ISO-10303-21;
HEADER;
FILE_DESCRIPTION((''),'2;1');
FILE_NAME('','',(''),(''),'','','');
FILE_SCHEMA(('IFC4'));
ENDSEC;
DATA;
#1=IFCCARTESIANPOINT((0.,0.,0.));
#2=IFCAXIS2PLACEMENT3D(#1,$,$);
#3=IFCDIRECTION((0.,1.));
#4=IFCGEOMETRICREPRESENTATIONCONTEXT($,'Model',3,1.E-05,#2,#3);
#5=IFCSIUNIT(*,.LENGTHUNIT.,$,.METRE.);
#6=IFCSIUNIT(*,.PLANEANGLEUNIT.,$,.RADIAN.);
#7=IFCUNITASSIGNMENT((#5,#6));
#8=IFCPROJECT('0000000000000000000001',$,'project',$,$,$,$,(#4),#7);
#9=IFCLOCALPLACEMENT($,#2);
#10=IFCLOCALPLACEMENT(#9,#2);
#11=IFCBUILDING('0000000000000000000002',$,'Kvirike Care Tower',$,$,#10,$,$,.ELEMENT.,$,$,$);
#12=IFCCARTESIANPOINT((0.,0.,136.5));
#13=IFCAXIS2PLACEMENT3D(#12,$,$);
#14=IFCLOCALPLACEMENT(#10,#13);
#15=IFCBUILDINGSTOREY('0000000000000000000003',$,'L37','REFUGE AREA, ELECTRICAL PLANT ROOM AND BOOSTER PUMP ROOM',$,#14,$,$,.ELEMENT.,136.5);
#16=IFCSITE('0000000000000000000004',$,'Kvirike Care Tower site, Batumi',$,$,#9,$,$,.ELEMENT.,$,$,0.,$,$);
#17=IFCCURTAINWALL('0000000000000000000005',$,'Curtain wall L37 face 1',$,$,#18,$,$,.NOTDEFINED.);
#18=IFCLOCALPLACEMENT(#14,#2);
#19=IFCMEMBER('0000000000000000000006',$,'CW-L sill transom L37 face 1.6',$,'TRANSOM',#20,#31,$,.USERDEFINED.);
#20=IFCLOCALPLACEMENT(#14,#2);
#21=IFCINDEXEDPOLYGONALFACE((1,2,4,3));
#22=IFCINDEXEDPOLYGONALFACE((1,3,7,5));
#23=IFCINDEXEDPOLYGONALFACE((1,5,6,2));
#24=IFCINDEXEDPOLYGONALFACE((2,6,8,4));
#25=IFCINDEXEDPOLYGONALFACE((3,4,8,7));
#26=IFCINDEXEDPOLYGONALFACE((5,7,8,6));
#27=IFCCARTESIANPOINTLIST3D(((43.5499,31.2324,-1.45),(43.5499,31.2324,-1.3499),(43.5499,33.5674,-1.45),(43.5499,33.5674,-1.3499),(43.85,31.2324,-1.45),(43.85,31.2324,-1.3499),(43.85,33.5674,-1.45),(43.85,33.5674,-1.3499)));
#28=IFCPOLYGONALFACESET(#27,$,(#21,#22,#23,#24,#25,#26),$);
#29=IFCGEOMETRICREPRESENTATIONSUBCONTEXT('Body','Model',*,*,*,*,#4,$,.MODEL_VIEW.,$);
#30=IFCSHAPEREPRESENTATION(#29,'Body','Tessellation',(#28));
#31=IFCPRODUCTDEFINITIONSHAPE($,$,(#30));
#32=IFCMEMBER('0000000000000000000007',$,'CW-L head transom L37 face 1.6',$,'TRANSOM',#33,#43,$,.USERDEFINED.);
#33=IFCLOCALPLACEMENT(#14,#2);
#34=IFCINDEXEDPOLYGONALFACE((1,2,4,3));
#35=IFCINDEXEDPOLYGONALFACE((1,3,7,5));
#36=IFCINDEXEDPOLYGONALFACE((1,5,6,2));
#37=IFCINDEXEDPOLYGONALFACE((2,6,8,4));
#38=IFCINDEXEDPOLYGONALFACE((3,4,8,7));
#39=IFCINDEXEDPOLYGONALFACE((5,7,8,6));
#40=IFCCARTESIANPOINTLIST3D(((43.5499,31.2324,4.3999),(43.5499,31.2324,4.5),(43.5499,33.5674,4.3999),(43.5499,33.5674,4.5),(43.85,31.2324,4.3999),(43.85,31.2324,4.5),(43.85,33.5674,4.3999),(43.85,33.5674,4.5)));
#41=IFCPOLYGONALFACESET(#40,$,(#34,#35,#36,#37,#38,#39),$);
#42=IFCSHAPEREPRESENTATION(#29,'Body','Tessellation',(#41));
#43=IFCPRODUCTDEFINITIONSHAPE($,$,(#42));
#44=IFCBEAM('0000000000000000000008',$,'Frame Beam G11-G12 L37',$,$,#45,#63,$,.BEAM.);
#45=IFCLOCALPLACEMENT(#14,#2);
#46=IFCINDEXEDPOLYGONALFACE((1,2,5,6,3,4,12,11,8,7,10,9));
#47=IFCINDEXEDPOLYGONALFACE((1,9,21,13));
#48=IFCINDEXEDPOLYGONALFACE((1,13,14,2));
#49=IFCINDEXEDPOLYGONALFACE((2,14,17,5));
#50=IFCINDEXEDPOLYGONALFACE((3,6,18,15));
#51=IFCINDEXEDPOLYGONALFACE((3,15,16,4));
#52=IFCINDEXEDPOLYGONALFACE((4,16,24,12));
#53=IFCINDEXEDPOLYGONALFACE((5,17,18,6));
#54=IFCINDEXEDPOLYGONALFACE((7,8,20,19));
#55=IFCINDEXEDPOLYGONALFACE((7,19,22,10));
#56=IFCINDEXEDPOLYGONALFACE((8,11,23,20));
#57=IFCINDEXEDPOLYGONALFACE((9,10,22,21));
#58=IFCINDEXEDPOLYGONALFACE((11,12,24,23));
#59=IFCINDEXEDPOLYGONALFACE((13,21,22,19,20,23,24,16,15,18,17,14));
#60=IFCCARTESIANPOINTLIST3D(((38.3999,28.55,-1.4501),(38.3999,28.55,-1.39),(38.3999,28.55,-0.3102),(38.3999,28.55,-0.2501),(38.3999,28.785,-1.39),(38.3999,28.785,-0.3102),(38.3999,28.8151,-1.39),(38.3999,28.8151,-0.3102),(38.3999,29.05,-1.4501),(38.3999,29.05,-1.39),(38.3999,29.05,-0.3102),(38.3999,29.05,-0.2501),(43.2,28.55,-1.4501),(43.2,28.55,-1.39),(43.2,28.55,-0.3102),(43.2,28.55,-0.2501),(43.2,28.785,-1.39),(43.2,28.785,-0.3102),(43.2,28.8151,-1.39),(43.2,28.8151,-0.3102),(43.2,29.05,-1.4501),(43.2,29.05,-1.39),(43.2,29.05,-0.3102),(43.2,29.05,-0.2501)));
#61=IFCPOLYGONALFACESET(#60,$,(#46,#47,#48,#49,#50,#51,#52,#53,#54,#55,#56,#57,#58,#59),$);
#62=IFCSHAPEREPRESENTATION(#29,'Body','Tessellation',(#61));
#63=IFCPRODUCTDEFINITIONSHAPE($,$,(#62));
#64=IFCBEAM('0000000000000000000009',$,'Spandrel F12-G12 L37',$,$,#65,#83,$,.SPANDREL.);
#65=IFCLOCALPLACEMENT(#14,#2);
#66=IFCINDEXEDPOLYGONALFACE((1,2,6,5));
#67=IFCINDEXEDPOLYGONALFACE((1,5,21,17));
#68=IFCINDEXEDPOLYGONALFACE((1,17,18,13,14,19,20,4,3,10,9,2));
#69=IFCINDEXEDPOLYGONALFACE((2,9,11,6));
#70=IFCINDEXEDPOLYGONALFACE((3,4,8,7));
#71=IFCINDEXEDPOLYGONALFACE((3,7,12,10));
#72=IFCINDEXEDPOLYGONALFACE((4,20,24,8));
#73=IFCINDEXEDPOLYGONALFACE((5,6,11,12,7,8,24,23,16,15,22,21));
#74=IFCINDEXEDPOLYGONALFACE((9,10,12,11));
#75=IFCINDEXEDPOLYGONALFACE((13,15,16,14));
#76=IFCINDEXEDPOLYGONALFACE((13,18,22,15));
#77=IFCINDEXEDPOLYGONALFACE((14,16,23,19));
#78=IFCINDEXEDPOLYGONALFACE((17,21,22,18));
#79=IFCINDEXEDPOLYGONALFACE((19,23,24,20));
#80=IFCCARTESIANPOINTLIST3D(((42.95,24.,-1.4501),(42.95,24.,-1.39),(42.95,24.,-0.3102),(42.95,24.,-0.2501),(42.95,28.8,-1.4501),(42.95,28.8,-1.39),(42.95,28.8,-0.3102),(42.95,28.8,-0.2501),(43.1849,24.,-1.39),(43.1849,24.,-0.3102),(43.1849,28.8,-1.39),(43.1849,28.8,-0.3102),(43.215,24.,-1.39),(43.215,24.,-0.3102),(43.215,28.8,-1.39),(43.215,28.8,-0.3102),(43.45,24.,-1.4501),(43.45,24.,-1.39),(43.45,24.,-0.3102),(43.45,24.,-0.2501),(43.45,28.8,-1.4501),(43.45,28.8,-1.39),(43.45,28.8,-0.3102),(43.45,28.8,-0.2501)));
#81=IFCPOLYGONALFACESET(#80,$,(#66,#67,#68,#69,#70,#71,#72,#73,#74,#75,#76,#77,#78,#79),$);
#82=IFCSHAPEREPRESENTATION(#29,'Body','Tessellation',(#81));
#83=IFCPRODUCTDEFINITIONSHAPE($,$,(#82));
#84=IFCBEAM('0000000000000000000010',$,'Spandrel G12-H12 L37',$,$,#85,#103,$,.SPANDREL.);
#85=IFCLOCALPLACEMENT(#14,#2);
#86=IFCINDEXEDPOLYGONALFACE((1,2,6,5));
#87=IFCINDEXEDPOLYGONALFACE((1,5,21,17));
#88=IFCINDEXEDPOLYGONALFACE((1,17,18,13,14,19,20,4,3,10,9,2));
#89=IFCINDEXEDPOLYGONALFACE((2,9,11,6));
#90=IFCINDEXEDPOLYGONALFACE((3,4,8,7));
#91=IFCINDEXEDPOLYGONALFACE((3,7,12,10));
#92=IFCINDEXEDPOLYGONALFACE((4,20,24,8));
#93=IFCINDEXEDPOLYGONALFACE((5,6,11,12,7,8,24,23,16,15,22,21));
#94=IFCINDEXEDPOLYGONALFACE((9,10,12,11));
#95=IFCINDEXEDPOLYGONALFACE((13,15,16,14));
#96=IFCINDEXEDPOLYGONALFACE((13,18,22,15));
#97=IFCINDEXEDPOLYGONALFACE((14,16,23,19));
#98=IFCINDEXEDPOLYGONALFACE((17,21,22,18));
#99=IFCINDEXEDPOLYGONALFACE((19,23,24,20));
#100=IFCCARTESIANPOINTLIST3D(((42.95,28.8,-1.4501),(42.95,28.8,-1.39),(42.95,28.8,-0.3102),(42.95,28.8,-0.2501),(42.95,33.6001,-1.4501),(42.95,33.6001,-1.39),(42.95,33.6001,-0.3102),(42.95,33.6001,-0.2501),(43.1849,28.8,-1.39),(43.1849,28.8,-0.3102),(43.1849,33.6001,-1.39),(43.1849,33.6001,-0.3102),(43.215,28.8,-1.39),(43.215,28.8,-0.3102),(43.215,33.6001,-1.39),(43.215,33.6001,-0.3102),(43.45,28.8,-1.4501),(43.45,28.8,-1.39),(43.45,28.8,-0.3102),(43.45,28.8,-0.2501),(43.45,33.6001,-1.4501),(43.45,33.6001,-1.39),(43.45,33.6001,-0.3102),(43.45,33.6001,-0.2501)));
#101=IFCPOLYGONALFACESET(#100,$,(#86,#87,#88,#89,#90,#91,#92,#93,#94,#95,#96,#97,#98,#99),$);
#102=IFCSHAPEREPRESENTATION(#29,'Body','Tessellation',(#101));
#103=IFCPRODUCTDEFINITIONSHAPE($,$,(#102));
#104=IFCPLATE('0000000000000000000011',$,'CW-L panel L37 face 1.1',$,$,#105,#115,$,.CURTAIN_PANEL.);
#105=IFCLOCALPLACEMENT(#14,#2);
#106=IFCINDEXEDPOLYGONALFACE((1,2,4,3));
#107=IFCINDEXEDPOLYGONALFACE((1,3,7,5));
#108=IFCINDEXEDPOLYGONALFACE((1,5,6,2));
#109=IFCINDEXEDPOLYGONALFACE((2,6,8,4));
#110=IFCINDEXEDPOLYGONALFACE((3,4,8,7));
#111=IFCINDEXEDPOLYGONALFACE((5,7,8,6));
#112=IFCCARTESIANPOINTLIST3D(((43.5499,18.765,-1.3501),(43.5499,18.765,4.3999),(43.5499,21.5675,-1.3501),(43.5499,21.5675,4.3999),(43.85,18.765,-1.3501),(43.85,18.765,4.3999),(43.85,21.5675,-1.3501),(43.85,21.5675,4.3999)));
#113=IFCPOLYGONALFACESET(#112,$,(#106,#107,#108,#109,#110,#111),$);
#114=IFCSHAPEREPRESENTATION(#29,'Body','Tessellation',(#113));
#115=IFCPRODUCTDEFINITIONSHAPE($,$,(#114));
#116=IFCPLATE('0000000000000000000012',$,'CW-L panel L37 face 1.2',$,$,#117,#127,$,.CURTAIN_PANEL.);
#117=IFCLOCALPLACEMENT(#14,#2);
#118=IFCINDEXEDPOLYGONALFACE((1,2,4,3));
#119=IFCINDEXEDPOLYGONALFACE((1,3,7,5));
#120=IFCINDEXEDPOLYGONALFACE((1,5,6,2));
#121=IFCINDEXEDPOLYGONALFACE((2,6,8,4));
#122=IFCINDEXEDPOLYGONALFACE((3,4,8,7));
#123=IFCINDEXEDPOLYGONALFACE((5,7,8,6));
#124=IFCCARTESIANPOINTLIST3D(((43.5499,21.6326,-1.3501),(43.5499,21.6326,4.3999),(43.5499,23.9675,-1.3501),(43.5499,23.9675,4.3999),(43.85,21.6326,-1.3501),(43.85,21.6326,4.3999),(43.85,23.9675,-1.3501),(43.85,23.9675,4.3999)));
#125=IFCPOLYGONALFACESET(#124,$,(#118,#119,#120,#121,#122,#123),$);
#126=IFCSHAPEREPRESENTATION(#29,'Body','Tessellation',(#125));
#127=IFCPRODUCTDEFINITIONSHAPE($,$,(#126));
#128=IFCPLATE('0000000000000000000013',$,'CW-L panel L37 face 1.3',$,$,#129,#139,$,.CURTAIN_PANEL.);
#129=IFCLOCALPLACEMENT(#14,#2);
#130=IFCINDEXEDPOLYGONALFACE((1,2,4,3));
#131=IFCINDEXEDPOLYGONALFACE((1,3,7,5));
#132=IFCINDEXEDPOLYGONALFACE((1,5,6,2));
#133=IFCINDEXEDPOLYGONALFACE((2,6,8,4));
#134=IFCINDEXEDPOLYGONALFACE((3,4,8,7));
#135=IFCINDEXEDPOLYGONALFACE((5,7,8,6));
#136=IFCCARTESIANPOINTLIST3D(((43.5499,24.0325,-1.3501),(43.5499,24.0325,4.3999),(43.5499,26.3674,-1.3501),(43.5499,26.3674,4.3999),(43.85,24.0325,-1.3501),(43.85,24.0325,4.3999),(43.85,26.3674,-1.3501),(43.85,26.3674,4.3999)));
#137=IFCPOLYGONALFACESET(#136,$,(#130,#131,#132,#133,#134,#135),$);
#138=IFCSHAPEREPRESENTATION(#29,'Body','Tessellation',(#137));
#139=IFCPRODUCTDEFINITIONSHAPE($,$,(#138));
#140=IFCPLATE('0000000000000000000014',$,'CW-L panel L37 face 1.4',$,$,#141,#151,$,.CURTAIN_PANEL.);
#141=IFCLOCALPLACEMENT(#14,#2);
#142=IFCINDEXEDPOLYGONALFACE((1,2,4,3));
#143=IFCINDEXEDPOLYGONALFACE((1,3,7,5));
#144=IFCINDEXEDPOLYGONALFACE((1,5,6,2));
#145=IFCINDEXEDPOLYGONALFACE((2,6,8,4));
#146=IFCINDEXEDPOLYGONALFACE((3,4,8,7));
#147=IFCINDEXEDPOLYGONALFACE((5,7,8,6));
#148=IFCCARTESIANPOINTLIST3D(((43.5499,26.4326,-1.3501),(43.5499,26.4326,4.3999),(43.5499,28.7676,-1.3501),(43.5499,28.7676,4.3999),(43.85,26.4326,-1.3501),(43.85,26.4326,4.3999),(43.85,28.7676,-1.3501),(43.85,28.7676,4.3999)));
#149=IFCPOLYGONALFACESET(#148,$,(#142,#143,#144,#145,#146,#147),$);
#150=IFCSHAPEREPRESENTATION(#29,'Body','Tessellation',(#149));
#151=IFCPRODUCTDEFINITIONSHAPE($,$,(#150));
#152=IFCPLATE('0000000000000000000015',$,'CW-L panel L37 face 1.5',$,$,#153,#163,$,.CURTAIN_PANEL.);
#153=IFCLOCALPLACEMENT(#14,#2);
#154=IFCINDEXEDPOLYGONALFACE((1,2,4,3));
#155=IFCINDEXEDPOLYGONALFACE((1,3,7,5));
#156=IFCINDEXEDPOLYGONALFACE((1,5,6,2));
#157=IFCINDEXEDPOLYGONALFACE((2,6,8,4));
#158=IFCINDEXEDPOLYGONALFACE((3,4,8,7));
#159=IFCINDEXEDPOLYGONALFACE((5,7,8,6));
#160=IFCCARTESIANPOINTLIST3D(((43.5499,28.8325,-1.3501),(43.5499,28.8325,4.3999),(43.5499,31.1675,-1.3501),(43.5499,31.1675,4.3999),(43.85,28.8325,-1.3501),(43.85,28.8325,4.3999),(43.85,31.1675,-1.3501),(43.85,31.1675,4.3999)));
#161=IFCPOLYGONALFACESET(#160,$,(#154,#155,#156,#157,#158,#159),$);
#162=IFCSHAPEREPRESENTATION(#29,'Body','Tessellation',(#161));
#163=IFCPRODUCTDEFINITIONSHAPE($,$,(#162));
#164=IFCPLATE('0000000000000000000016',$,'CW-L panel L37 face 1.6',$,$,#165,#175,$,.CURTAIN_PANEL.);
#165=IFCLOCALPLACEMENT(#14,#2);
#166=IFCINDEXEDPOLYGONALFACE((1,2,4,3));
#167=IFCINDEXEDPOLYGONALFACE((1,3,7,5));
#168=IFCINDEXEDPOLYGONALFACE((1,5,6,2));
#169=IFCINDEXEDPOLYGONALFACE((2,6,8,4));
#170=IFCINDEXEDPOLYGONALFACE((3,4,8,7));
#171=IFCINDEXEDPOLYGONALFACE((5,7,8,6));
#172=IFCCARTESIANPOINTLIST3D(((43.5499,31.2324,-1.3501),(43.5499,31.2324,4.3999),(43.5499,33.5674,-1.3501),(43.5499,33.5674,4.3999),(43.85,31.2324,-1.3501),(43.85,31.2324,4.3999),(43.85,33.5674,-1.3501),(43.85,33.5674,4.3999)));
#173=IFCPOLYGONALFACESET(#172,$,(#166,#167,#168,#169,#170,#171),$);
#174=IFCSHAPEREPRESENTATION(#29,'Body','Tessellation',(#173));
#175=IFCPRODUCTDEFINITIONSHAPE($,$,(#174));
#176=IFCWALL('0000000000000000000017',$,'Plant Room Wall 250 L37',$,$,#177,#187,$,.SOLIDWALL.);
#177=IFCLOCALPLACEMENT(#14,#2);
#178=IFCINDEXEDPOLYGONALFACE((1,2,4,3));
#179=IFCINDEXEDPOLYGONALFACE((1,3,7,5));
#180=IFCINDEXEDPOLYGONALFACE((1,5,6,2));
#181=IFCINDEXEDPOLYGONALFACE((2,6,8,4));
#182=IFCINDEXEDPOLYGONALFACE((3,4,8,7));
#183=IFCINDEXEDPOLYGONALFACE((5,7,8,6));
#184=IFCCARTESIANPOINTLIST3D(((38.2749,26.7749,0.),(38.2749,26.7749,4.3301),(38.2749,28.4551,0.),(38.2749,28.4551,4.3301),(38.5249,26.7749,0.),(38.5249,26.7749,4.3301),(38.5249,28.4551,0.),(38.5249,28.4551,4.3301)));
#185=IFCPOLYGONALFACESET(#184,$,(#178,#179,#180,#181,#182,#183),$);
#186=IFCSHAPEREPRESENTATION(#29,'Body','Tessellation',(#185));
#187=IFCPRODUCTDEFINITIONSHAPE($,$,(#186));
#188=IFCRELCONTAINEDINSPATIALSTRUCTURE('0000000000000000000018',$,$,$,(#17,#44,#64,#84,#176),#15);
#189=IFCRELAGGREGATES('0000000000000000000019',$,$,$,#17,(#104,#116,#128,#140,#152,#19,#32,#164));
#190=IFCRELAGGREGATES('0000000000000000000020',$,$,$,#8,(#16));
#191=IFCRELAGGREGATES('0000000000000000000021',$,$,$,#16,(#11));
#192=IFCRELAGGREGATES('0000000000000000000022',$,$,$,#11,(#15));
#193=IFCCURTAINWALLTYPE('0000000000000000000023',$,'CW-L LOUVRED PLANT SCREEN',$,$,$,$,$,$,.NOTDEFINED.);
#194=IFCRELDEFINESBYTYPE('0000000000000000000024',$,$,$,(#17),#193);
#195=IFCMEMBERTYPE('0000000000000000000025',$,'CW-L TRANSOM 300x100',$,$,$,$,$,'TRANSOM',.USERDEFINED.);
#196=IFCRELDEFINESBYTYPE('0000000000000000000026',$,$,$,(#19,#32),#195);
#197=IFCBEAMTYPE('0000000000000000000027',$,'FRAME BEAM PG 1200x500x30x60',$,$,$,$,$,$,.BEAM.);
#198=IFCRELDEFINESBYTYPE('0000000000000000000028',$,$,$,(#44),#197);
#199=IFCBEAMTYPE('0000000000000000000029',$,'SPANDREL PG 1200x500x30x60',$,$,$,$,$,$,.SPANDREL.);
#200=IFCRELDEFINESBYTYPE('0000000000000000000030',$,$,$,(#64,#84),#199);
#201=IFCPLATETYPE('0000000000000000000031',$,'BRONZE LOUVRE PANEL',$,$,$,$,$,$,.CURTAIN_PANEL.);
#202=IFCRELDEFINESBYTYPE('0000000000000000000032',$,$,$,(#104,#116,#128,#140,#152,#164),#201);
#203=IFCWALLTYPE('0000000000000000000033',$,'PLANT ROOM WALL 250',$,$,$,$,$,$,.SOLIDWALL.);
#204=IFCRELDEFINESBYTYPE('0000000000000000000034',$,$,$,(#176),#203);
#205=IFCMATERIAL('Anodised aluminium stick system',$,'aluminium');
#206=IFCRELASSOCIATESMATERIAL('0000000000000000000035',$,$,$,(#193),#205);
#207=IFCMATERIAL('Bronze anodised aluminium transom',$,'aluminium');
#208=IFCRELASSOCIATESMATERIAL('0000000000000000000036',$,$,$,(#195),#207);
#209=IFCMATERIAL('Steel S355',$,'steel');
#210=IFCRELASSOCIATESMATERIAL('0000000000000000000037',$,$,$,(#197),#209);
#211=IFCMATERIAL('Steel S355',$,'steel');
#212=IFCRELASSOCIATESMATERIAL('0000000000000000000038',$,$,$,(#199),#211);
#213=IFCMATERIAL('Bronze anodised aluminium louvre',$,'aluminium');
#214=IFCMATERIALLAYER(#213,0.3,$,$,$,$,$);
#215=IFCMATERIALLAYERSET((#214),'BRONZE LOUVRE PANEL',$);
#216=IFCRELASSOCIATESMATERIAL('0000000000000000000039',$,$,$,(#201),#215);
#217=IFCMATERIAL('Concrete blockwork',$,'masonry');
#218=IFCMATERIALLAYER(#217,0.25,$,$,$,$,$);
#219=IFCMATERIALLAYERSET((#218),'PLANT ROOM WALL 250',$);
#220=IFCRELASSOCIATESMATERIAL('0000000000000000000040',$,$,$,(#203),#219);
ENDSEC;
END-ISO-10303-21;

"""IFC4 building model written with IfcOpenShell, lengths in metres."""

from ifc_helpers import new_model, si_unit, direction, frame, frame_2d, origin, origin_2d, place, context, subcontext, project, spatial, rectangle, i_section, extrude, material, layer, layer_set, material_profile, profile_set, type_object, element, aggregate, save


model = new_model("IFC4")

# Units and contexts
model_context = context("Model", 3, precision=1e-05, world=origin(), true_north=direction((0.0, 1.0)))
body_context = subcontext(model_context, "Body", "Model", "MODEL_VIEW")
ifc_project = project(units=[si_unit("LENGTHUNIT", "METRE"), si_unit("PLANEANGLEUNIT", "RADIAN")], contexts=[model_context])

# Site, building, storey
site_placement = place(None, origin())
site = spatial("IfcSite", under=ifc_project, at=site_placement, Name="Kvirike Care Tower site, Batumi", CompositionType="ELEMENT", RefElevation=0.0)
building_placement = place(site_placement, origin())
building = spatial("IfcBuilding", under=site, at=building_placement, Name="Kvirike Care Tower", CompositionType="ELEMENT")
storey_placement = place(building_placement, frame((0.0, 0.0, 136.5)))
storey = spatial("IfcBuildingStorey", under=building, at=storey_placement, Name="L37", Description="REFUGE AREA, ELECTRICAL PLANT ROOM AND BOOSTER PUMP ROOM", CompositionType="ELEMENT", Elevation=136.5)

# Curtain wall, members
ifc_material_1 = material(Name="Anodised aluminium stick system", Category="aluminium")
curtain_wall_type = type_object("IfcCurtainWallType", Name="CW-L LOUVRED PLANT SCREEN", PredefinedType="NOTDEFINED", material=ifc_material_1)
curtain_wall_placement = place(storey_placement, origin())
curtain_wall = element("IfcCurtainWall", 1, at=curtain_wall_placement, inside=storey, type_object=curtain_wall_type, Name="Curtain wall L37 face 1", PredefinedType="NOTDEFINED")
ifc_material_2 = material(Name="Bronze anodised aluminium transom", Category="aluminium")
ifc_material_profile_1 = material_profile(ifc_material_2, rectangle(XDim=0.3, YDim=0.1001, at=origin_2d()), Name="CW-L TRANSOM 300x100")
ifc_profile_set_1 = profile_set([ifc_material_profile_1], Name="Bronze anodised aluminium transom")
member_type_1 = type_object("IfcMemberType", Name="CW-L TRANSOM 300x100", ElementType="TRANSOM", PredefinedType="USERDEFINED", material=ifc_profile_set_1)
member_1_placement = place(storey_placement, frame((43.7, 31.2324, -1.3999), z_axis=(0.0, 1.0, 0.0), x_axis=(-1.0, 0.0, 0.0)))
member_1 = element("IfcMember", 2, at=member_1_placement, type_object=member_type_1, Name="CW-L sill transom L37 face 1.6", ObjectType="TRANSOM", PredefinedType="USERDEFINED", context=body_context, shape_type="SweptSolid", body=[
    extrude(rectangle(XDim=0.3, YDim=0.1001, at=origin_2d()), origin(), (0.0, 0.0, 1.0), 2.335),
])
member_2_placement = place(storey_placement, frame((43.7, 31.2324, 4.45), z_axis=(0.0, 1.0, 0.0), x_axis=(-1.0, 0.0, 0.0)))
member_2 = element("IfcMember", 3, at=member_2_placement, type_object=member_type_1, Name="CW-L head transom L37 face 1.6", ObjectType="TRANSOM", PredefinedType="USERDEFINED", context=body_context, shape_type="SweptSolid", body=[
    extrude(rectangle(XDim=0.3, YDim=0.1001, at=origin_2d()), origin(), (0.0, 0.0, 1.0), 2.335),
])

# Beams
ifc_material_3 = material(Name="Steel S355", Category="steel")
ifc_material_profile_2 = material_profile(ifc_material_3, i_section(OverallWidth=0.5, OverallDepth=1.2, WebThickness=0.03, FlangeThickness=0.0601, at=origin_2d()), Name="PG 1200x500x30x60")
ifc_profile_set_2 = profile_set([ifc_material_profile_2], Name="Steel S355")
beam_type_1 = type_object("IfcBeamType", Name="FRAME BEAM PG 1200x500x30x60", PredefinedType="BEAM", material=ifc_profile_set_2)
beam_placement = place(storey_placement, frame((38.3999, 28.8, -0.8501), z_axis=(1.0, 0.0, 0.0), x_axis=(0.0, 1.0, 0.0)))
element("IfcBeam", 4, at=beam_placement, inside=storey, type_object=beam_type_1, Name="Frame Beam G11-G12 L37", PredefinedType="BEAM", context=body_context, shape_type="SweptSolid", body=[
    extrude(i_section(OverallWidth=0.5, OverallDepth=1.2, WebThickness=0.03, FlangeThickness=0.0601, at=origin_2d()), origin(), (0.0, 0.0, 1.0), 4.8),
])
ifc_material_4 = material(Name="Steel S355", Category="steel")
ifc_material_profile_3 = material_profile(ifc_material_4, i_section(OverallWidth=0.5, OverallDepth=1.2, WebThickness=0.03, FlangeThickness=0.0601, at=origin_2d()), Name="PG 1200x500x30x60")
ifc_profile_set_3 = profile_set([ifc_material_profile_3], Name="Steel S355")
beam_type_2 = type_object("IfcBeamType", Name="SPANDREL PG 1200x500x30x60", PredefinedType="SPANDREL", material=ifc_profile_set_3)
for number, where, z_axis, x_axis, name in (
    (5, (43.2, 24.0, -0.8501), (0.0, 1.0, 0.0), (-1.0, 0.0, 0.0), "Spandrel F12-G12 L37"),
    (6, (43.2, 28.8, -0.8501), (0.0, 1.0, 0.0), (-1.0, 0.0, 0.0), "Spandrel G12-H12 L37"),
):
    element("IfcBeam", number, at=place(storey_placement, frame(where, z_axis=z_axis, x_axis=x_axis)), inside=storey, type_object=beam_type_2, Name=name, PredefinedType="SPANDREL", context=body_context, shape_type="SweptSolid", body=[
        extrude(i_section(OverallWidth=0.5, OverallDepth=1.2, WebThickness=0.03, FlangeThickness=0.0601, at=origin_2d()), origin(), (0.0, 0.0, 1.0), 4.8),
    ])

# Plates
ifc_material_5 = material(Name="Bronze anodised aluminium louvre", Category="aluminium")
ifc_layer_1 = layer(ifc_material_5, 0.3)
ifc_layer_set_1 = layer_set([ifc_layer_1], Name="BRONZE LOUVRE PANEL")
plate_type = type_object("IfcPlateType", Name="BRONZE LOUVRE PANEL", PredefinedType="CURTAIN_PANEL", material=ifc_layer_set_1)
plate_1_placement = place(storey_placement, frame((43.7, 20.1663, -1.3501), z_axis=(0.0, 0.0, 1.0), x_axis=(0.0, 1.0, 0.0)))
plate_1 = element("IfcPlate", 7, at=plate_1_placement, type_object=plate_type, Name="CW-L panel L37 face 1.1", PredefinedType="CURTAIN_PANEL", context=body_context, shape_type="SweptSolid", body=[
    extrude(rectangle(XDim=2.8025, YDim=0.3, at=origin_2d()), origin(), (0.0, 0.0, 1.0), 5.75),
])
plate_2_placement = place(storey_placement, frame((43.7, 22.8, -1.3501), z_axis=(0.0, 0.0, 1.0), x_axis=(0.0, 1.0, 0.0)))
plate_2 = element("IfcPlate", 8, at=plate_2_placement, type_object=plate_type, Name="CW-L panel L37 face 1.2", PredefinedType="CURTAIN_PANEL", context=body_context, shape_type="SweptSolid", body=[
    extrude(rectangle(XDim=2.335, YDim=0.3, at=origin_2d()), origin(), (0.0, 0.0, 1.0), 5.75),
])
plate_3_placement = place(storey_placement, frame((43.7, 25.2, -1.3501), z_axis=(0.0, 0.0, 1.0), x_axis=(0.0, 1.0, 0.0)))
plate_3 = element("IfcPlate", 9, at=plate_3_placement, type_object=plate_type, Name="CW-L panel L37 face 1.3", PredefinedType="CURTAIN_PANEL", context=body_context, shape_type="SweptSolid", body=[
    extrude(rectangle(XDim=2.335, YDim=0.3, at=origin_2d()), origin(), (0.0, 0.0, 1.0), 5.75),
])
plate_4_placement = place(storey_placement, frame((43.7, 27.6001, -1.3501), z_axis=(0.0, 0.0, 1.0), x_axis=(0.0, 1.0, 0.0)))
plate_4 = element("IfcPlate", 10, at=plate_4_placement, type_object=plate_type, Name="CW-L panel L37 face 1.4", PredefinedType="CURTAIN_PANEL", context=body_context, shape_type="SweptSolid", body=[
    extrude(rectangle(XDim=2.335, YDim=0.3, at=origin_2d()), origin(), (0.0, 0.0, 1.0), 5.75),
])
plate_5_placement = place(storey_placement, frame((43.7, 30.0, -1.3501), z_axis=(0.0, 0.0, 1.0), x_axis=(0.0, 1.0, 0.0)))
plate_5 = element("IfcPlate", 11, at=plate_5_placement, type_object=plate_type, Name="CW-L panel L37 face 1.5", PredefinedType="CURTAIN_PANEL", context=body_context, shape_type="SweptSolid", body=[
    extrude(rectangle(XDim=2.335, YDim=0.3, at=origin_2d()), origin(), (0.0, 0.0, 1.0), 5.75),
])
plate_6_placement = place(storey_placement, frame((43.7, 32.3999, -1.3501), z_axis=(0.0, 0.0, 1.0), x_axis=(0.0, 1.0, 0.0)))
plate_6 = element("IfcPlate", 12, at=plate_6_placement, type_object=plate_type, Name="CW-L panel L37 face 1.6", PredefinedType="CURTAIN_PANEL", context=body_context, shape_type="SweptSolid", body=[
    extrude(rectangle(XDim=2.335, YDim=0.3, at=origin_2d()), origin(), (0.0, 0.0, 1.0), 5.75),
])
aggregate(curtain_wall, [plate_1, plate_2, plate_3, plate_4, plate_5, member_1, member_2, plate_6])

# Wall
ifc_material_6 = material(Name="Concrete blockwork", Category="masonry")
ifc_layer_2 = layer(ifc_material_6, 0.25)
ifc_layer_set_2 = layer_set([ifc_layer_2], Name="PLANT ROOM WALL 250")
wall_type = type_object("IfcWallType", Name="PLANT ROOM WALL 250", PredefinedType="SOLIDWALL", material=ifc_layer_set_2)
wall_placement = place(storey_placement, frame((38.3999, 26.7749, 0.0), z_axis=(0.0, 0.0, 1.0), x_axis=(0.0, 1.0, 0.0)))
element("IfcWall", 13, at=wall_placement, inside=storey, type_object=wall_type, Name="Plant Room Wall 250 L37", PredefinedType="SOLIDWALL", context=body_context, shape_type="SweptSolid", body=[
    extrude(rectangle(XDim=1.6802, YDim=0.25, at=frame_2d((0.8401, 0.0))), origin(), (0.0, 0.0, 1.0), 4.3301),
])

save(model, "model.ifc")
